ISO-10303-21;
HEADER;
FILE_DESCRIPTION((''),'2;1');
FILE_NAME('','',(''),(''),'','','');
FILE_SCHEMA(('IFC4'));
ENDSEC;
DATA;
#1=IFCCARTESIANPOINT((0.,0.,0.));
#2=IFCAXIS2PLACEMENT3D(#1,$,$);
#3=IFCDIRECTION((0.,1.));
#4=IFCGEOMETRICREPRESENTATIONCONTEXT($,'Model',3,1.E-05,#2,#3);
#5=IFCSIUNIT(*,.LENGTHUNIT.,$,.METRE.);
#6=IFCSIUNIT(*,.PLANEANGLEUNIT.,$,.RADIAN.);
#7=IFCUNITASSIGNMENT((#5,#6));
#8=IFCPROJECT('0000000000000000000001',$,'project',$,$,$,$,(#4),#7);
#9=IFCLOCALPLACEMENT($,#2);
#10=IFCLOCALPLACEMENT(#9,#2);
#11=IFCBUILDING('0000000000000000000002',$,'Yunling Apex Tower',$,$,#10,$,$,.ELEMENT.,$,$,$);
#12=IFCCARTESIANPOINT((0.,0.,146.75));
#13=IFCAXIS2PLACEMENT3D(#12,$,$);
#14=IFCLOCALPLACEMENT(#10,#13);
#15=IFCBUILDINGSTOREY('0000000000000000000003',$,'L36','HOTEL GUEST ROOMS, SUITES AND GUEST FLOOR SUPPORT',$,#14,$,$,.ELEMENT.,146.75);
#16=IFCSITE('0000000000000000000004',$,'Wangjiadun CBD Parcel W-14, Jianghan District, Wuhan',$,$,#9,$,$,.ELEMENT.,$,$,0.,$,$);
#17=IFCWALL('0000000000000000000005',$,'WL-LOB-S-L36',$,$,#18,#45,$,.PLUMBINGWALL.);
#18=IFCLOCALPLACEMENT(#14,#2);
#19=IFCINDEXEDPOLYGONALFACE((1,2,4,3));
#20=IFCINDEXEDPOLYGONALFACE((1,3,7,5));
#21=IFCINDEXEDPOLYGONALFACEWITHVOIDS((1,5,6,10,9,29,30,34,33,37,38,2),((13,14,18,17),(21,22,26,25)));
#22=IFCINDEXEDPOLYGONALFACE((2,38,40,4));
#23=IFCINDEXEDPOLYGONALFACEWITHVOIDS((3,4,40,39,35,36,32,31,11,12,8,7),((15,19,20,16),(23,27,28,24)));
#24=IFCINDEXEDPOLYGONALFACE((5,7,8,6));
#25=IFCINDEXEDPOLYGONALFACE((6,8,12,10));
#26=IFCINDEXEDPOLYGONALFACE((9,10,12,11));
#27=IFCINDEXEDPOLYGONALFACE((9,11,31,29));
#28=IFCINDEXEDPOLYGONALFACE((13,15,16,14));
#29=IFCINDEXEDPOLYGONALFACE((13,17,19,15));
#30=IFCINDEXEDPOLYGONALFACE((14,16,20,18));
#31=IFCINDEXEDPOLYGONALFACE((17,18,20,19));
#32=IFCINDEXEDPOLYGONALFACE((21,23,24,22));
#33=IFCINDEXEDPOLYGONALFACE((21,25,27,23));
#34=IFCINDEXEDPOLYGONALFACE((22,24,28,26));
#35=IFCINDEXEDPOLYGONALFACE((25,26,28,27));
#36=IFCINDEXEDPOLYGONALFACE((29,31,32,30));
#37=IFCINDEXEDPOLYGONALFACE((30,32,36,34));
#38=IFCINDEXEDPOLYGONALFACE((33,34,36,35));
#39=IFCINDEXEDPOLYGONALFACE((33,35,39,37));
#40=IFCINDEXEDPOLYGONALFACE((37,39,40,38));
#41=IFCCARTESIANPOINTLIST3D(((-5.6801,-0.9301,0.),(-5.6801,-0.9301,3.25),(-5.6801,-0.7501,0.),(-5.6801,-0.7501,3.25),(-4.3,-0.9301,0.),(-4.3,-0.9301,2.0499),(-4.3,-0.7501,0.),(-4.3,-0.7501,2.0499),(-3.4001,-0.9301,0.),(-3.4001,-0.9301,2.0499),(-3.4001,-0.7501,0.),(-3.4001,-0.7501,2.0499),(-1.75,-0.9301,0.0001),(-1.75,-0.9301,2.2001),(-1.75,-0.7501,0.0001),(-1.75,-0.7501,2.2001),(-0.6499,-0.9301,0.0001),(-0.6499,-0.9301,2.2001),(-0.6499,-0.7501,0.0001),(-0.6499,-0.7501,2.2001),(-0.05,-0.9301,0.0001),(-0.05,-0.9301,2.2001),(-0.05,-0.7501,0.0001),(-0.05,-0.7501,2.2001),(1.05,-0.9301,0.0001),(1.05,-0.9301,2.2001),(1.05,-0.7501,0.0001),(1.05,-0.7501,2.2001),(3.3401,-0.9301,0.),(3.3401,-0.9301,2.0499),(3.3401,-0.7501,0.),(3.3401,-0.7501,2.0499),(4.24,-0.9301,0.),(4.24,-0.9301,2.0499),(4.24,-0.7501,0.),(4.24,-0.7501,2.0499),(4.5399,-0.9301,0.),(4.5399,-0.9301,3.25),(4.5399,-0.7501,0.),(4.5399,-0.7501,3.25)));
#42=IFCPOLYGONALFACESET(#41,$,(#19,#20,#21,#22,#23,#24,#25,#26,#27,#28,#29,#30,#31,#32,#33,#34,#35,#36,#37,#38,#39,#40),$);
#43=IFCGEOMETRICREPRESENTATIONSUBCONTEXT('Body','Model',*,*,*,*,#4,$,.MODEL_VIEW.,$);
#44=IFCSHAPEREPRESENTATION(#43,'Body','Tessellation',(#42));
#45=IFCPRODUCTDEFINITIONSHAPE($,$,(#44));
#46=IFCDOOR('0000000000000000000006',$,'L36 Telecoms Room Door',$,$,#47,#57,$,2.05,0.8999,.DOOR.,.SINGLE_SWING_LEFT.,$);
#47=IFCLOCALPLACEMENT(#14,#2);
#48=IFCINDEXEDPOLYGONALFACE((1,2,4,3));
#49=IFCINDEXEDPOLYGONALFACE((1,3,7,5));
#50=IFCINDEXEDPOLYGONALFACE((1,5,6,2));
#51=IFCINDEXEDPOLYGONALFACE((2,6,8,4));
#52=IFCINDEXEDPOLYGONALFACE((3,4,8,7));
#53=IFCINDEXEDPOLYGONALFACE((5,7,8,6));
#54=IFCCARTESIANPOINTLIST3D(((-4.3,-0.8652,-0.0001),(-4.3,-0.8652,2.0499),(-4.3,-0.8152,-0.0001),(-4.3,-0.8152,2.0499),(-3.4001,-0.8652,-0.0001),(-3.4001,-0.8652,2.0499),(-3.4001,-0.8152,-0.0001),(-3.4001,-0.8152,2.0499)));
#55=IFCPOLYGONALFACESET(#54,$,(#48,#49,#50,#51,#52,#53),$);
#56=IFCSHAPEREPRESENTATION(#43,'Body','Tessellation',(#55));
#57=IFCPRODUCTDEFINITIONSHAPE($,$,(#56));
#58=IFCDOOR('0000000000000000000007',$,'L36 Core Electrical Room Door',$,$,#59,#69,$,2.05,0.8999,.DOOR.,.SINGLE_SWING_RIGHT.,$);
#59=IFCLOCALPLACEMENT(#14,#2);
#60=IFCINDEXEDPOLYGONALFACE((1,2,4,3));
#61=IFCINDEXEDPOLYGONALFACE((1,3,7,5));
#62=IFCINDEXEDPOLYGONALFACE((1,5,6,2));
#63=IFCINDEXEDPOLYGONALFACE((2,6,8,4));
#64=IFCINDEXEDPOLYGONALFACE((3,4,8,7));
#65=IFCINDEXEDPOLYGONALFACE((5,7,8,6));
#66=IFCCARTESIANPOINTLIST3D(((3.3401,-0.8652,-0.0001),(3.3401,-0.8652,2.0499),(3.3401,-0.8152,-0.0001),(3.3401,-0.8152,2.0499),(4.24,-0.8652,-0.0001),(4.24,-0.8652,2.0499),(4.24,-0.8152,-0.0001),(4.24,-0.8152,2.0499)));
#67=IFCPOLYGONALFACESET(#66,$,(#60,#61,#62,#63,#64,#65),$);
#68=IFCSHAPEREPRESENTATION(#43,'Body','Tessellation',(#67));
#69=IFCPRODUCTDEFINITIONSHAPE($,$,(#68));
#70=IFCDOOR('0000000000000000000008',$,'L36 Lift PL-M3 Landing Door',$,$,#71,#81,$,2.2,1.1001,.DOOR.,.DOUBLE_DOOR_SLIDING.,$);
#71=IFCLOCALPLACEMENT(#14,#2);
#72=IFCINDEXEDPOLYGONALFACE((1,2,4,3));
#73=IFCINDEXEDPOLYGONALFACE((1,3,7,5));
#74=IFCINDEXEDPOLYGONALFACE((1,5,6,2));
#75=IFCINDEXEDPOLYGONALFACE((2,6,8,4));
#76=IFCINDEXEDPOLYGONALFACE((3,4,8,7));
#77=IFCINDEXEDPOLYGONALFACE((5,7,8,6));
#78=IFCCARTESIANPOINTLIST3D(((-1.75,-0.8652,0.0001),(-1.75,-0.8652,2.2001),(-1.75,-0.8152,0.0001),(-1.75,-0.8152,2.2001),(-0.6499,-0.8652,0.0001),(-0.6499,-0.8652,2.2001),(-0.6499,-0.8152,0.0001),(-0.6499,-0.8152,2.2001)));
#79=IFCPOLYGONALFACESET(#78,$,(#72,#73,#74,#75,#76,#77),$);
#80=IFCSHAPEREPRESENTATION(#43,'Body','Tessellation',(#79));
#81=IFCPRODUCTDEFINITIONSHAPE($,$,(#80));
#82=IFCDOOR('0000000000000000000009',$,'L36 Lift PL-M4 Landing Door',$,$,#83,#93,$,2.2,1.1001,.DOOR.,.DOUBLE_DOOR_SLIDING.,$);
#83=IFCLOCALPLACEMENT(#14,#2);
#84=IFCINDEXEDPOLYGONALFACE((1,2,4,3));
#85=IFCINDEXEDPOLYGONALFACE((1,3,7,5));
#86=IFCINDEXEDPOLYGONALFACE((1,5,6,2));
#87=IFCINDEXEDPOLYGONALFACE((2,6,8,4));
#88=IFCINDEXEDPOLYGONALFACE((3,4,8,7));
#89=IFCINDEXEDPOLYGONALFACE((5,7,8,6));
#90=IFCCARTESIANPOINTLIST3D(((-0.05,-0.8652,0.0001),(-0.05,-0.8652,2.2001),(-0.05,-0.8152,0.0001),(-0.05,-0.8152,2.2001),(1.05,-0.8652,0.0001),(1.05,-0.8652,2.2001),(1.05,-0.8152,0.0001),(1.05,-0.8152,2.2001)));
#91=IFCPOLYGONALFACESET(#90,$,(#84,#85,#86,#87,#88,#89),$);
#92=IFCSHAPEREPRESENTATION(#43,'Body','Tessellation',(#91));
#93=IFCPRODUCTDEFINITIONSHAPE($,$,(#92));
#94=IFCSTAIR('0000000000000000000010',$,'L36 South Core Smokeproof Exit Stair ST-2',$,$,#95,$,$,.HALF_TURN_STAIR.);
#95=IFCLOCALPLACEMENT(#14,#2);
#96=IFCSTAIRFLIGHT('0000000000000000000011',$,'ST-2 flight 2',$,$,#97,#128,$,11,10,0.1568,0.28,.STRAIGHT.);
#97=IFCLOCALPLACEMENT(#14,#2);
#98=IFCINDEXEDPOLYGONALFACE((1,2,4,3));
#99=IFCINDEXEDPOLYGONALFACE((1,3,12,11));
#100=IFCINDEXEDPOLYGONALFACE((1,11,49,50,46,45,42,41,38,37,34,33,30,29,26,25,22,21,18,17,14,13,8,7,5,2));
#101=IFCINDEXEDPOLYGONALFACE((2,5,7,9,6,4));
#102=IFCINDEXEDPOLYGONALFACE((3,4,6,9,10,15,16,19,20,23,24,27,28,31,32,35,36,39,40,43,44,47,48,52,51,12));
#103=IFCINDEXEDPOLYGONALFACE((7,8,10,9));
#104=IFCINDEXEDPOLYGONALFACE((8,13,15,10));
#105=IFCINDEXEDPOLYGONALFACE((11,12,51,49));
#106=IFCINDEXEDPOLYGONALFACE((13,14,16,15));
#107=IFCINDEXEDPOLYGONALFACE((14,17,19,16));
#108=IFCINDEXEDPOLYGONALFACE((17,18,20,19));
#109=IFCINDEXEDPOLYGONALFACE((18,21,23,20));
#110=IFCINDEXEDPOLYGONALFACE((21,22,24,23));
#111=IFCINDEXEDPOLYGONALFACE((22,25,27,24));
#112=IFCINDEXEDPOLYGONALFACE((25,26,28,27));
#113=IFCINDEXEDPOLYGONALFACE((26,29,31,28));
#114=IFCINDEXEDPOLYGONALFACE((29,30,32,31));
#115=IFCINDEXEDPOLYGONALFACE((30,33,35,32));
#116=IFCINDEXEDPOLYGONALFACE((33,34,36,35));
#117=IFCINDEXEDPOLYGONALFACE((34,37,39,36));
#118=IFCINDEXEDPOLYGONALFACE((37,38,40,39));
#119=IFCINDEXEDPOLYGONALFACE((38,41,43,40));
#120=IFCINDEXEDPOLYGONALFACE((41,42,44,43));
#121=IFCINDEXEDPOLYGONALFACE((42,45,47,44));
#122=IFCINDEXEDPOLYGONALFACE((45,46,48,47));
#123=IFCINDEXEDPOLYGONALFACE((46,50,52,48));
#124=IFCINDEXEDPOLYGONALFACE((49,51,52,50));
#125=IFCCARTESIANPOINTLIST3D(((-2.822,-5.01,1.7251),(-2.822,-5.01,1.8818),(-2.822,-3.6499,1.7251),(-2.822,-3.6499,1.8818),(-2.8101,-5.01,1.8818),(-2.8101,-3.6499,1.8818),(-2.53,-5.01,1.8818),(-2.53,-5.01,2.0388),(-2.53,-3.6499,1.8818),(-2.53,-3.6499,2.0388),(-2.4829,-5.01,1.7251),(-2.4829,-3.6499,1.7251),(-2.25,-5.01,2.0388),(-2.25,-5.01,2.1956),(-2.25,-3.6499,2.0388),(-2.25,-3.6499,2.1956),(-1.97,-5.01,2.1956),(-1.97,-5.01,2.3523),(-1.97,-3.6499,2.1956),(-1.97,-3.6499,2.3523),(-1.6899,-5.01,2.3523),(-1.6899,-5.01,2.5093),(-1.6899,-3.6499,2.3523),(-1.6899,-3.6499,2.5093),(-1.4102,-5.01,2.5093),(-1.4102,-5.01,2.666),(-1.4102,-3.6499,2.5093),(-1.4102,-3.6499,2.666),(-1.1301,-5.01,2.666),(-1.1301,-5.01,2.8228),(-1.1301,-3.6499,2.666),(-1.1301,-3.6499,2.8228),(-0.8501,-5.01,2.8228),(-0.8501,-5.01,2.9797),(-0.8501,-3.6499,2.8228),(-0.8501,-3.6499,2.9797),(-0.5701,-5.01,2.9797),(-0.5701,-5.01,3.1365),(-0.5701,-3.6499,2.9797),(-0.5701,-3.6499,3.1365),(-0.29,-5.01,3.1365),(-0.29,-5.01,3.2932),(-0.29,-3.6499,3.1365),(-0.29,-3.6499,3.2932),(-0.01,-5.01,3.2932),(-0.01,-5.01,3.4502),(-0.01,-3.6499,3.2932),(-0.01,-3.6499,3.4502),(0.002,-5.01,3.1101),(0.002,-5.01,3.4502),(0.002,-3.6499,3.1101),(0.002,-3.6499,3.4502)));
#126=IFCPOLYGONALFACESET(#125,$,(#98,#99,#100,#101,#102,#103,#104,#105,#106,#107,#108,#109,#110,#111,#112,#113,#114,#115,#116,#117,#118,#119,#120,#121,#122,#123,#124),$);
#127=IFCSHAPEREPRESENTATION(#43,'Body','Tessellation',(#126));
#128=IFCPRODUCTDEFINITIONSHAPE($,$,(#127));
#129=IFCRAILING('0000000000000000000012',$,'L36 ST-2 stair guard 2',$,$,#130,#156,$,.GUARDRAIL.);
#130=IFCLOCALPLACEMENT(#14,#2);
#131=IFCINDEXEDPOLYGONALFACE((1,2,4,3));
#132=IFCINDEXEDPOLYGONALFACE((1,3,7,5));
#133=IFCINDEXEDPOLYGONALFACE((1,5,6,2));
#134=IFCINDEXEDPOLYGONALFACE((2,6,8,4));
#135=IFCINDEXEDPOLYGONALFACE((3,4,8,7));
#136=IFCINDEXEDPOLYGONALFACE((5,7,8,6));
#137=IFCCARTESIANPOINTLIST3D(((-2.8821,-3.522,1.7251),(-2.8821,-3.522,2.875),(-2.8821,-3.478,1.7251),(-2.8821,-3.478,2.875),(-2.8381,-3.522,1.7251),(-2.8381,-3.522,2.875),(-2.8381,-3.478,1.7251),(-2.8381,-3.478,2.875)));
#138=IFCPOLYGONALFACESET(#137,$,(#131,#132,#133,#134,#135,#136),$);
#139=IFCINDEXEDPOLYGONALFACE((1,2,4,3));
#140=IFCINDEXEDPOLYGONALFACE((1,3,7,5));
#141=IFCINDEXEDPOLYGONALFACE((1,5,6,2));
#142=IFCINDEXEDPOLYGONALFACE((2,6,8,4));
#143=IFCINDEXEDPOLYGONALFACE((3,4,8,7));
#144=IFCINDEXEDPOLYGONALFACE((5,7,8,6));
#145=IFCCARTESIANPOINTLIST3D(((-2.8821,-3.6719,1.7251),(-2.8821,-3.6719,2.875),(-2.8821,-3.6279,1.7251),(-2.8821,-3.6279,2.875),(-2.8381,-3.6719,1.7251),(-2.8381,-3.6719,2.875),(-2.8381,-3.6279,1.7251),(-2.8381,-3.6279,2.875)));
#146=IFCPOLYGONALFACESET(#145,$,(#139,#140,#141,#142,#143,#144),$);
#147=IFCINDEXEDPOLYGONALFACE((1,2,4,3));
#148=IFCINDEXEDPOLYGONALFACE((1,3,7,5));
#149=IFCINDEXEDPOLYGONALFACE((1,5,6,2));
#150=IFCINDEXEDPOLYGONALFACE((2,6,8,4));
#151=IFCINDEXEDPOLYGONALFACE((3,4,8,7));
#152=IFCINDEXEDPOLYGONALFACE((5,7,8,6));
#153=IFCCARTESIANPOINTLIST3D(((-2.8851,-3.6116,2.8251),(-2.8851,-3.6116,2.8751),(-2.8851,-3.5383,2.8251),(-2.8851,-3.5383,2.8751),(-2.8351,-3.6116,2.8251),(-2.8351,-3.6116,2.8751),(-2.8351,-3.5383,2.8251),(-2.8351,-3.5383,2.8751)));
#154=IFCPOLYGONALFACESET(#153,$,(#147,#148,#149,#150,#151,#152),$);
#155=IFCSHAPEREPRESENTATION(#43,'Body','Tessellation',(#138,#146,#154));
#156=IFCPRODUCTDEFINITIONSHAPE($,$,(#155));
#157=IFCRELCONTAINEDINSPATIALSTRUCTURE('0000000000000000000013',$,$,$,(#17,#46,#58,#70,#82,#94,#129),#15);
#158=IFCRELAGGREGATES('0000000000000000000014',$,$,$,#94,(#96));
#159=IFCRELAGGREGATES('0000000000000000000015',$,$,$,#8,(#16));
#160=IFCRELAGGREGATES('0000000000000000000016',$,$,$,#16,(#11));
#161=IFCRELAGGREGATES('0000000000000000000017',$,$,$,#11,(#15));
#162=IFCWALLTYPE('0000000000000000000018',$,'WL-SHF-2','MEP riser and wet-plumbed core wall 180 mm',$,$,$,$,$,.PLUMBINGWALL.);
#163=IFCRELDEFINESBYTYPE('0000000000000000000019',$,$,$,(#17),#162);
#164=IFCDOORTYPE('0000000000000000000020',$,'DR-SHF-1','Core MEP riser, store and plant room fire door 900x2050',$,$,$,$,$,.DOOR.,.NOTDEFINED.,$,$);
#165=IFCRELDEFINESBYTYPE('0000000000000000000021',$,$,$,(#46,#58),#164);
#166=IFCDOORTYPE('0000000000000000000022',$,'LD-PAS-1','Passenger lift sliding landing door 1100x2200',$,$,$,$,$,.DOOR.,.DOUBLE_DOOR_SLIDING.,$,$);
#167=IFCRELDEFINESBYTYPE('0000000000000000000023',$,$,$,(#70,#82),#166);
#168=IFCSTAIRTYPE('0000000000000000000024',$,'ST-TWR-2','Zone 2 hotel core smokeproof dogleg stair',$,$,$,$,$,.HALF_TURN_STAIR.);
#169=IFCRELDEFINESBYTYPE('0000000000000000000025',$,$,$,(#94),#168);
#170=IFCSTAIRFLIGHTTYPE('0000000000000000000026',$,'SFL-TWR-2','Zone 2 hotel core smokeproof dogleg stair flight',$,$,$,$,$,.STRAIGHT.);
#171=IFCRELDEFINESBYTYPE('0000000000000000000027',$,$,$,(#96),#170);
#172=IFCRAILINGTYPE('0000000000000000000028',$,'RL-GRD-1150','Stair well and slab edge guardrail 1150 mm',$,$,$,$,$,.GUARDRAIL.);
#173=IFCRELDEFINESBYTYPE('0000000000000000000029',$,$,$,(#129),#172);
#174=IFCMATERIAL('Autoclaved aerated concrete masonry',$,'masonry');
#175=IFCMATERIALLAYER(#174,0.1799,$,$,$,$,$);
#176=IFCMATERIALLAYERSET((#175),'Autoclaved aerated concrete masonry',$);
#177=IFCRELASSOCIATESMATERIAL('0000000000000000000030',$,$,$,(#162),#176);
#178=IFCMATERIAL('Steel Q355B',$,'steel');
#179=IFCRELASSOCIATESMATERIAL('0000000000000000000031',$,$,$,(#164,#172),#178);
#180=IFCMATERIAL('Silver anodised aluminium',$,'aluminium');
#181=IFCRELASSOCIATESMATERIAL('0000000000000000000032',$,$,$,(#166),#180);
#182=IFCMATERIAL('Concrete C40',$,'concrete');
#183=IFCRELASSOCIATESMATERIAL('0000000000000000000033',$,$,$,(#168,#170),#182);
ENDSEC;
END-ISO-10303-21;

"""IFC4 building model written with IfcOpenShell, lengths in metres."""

from ifc_helpers import new_model, si_unit, direction, frame, frame_2d, origin, origin_2d, place, context, subcontext, project, spatial, polyline, rectangle, outline, extrude, material, layer, layer_set, type_object, element, fill, aggregate, save


model = new_model("IFC4")

# Units and contexts
model_context = context("Model", 3, precision=1e-05, world=origin(), true_north=direction((0.0, 1.0)))
body_context = subcontext(model_context, "Body", "Model", "MODEL_VIEW")
ifc_project = project(units=[si_unit("LENGTHUNIT", "METRE"), si_unit("PLANEANGLEUNIT", "RADIAN")], contexts=[model_context])

# Site, building, storey
site_placement = place(None, origin())
site = spatial("IfcSite", under=ifc_project, at=site_placement, Name="Wangjiadun CBD Parcel W-14, Jianghan District, Wuhan", CompositionType="ELEMENT", RefElevation=0.0)
building_placement = place(site_placement, origin())
building = spatial("IfcBuilding", under=site, at=building_placement, Name="Yunling Apex Tower", CompositionType="ELEMENT")
storey_placement = place(building_placement, frame((0.0, 0.0, 146.75)))
storey = spatial("IfcBuildingStorey", under=building, at=storey_placement, Name="L36", Description="HOTEL GUEST ROOMS, SUITES AND GUEST FLOOR SUPPORT", CompositionType="ELEMENT", Elevation=146.75)

# Shared definitions
ifc_material_1 = material(Name="Steel Q355B", Category="steel")

# Shared definitions
ifc_material_2 = material(Name="Concrete C40", Category="concrete")

# Shared definitions
ifc_material_3 = material(Name="Autoclaved aerated concrete masonry", Category="masonry")

# Shared definitions
ifc_layer_1 = layer(ifc_material_3, 0.1799)
ifc_layer_set_1 = layer_set([ifc_layer_1], Name="Autoclaved aerated concrete masonry")
wall_type_1 = type_object("IfcWallType", Name="WL-SHF-2", Description="MEP riser and wet-plumbed core wall 180 mm", PredefinedType="PLUMBINGWALL", material=ifc_layer_set_1)

# Wall, openings, doors
wall_1_placement = place(storey_placement, frame((-5.6799, -0.8401, 0.0), z_axis=(0.0, 0.0, 1.0), x_axis=(1.0, 0.0, 0.0)))
wall_1 = element("IfcWall", 1, at=wall_1_placement, inside=storey, type_object=wall_type_1, Name="WL-LOB-S-L36", PredefinedType="PLUMBINGWALL", context=body_context, shape_type="SweptSolid", body=[
    extrude(rectangle(XDim=10.22, YDim=0.1799, at=frame_2d((5.1099, 0.0))), origin(), (0.0, 0.0, 1.0), 3.25),
])
opening_1_placement = place(wall_1_placement, frame((1.3799, 0.0, 0.0)))
opening_1 = element("IfcOpeningElement", 2, at=opening_1_placement, cuts=wall_1, PredefinedType="OPENING", context=body_context, shape_type="SweptSolid", body=[
    extrude(rectangle(XDim=0.8999, YDim=2.05, at=frame_2d((0.45, 1.0249))), frame((0.0, 0.1001, 0.0), z_axis=(0.0, -1.0, 0.0), x_axis=(1.0, 0.0, 0.0)), (0.0, 0.0, 1.0), 0.2),
])
opening_2_placement = place(wall_1_placement, frame((3.9299, 0.0, 0.0)))
opening_2 = element("IfcOpeningElement", 3, at=opening_2_placement, cuts=wall_1, PredefinedType="OPENING", context=body_context, shape_type="SweptSolid", body=[
    extrude(rectangle(XDim=1.1001, YDim=2.2, at=frame_2d((0.55, 1.1001))), frame((0.0, 0.1001, 0.0), z_axis=(0.0, -1.0, 0.0), x_axis=(1.0, 0.0, 0.0)), (0.0, 0.0, 1.0), 0.2),
])
opening_3_placement = place(wall_1_placement, frame((5.6299, 0.0, 0.0)))
opening_3 = element("IfcOpeningElement", 4, at=opening_3_placement, cuts=wall_1, PredefinedType="OPENING", context=body_context, shape_type="SweptSolid", body=[
    extrude(rectangle(XDim=1.1001, YDim=2.2, at=frame_2d((0.55, 1.1001))), frame((0.0, 0.1001, 0.0), z_axis=(0.0, -1.0, 0.0), x_axis=(1.0, 0.0, 0.0)), (0.0, 0.0, 1.0), 0.2),
])
opening_4_placement = place(wall_1_placement, frame((9.02, 0.0, 0.0)))
opening_4 = element("IfcOpeningElement", 5, at=opening_4_placement, cuts=wall_1, PredefinedType="OPENING", context=body_context, shape_type="SweptSolid", body=[
    extrude(rectangle(XDim=0.8999, YDim=2.05, at=frame_2d((0.45, 1.0249))), frame((0.0, 0.1001, 0.0), z_axis=(0.0, -1.0, 0.0), x_axis=(1.0, 0.0, 0.0)), (0.0, 0.0, 1.0), 0.2),
])
door_type_1 = type_object("IfcDoorType", Name="DR-SHF-1", Description="Core MEP riser, store and plant room fire door 900x2050", OperationType="NOTDEFINED", PredefinedType="DOOR", material=ifc_material_1)
door_1_placement = place(opening_1_placement, origin())
door_1 = element("IfcDoor", 6, at=door_1_placement, inside=storey, type_object=door_type_1, Name="L36 Telecoms Room Door", OperationType="SINGLE_SWING_LEFT", OverallHeight=2.05, OverallWidth=0.8999, PredefinedType="DOOR", context=body_context, shape_type="SweptSolid", body=[
    extrude(rectangle(XDim=0.8999, YDim=2.05, at=frame_2d((0.45, 1.0249))), frame((0.0, 0.0249, 0.0), z_axis=(0.0, -1.0, 0.0), x_axis=(1.0, 0.0, 0.0)), (0.0, 0.0, 1.0), 0.05),
])
fill(opening_1, door_1)
door_2_placement = place(opening_4_placement, origin())
door_2 = element("IfcDoor", 7, at=door_2_placement, inside=storey, type_object=door_type_1, Name="L36 Core Electrical Room Door", OperationType="SINGLE_SWING_RIGHT", OverallHeight=2.05, OverallWidth=0.8999, PredefinedType="DOOR", context=body_context, shape_type="SweptSolid", body=[
    extrude(rectangle(XDim=0.8999, YDim=2.05, at=frame_2d((0.45, 1.0249))), frame((0.0, 0.0249, 0.0), z_axis=(0.0, -1.0, 0.0), x_axis=(1.0, 0.0, 0.0)), (0.0, 0.0, 1.0), 0.05),
])
fill(opening_4, door_2)
ifc_material_4 = material(Name="Silver anodised aluminium", Category="aluminium")
door_type_2 = type_object("IfcDoorType", Name="LD-PAS-1", Description="Passenger lift sliding landing door 1100x2200", OperationType="DOUBLE_DOOR_SLIDING", PredefinedType="DOOR", material=ifc_material_4)
door_3_placement = place(opening_2_placement, origin())
door_3 = element("IfcDoor", 8, at=door_3_placement, inside=storey, type_object=door_type_2, Name="L36 Lift PL-M3 Landing Door", OperationType="DOUBLE_DOOR_SLIDING", OverallHeight=2.2, OverallWidth=1.1001, PredefinedType="DOOR", context=body_context, shape_type="SweptSolid", body=[
    extrude(rectangle(XDim=1.1001, YDim=2.2, at=frame_2d((0.55, 1.1001))), frame((0.0, 0.0249, 0.0), z_axis=(0.0, -1.0, 0.0), x_axis=(1.0, 0.0, 0.0)), (0.0, 0.0, 1.0), 0.05),
])
fill(opening_2, door_3)
door_4_placement = place(opening_3_placement, origin())
door_4 = element("IfcDoor", 9, at=door_4_placement, inside=storey, type_object=door_type_2, Name="L36 Lift PL-M4 Landing Door", OperationType="DOUBLE_DOOR_SLIDING", OverallHeight=2.2, OverallWidth=1.1001, PredefinedType="DOOR", context=body_context, shape_type="SweptSolid", body=[
    extrude(rectangle(XDim=1.1001, YDim=2.2, at=frame_2d((0.55, 1.1001))), frame((0.0, 0.0249, 0.0), z_axis=(0.0, -1.0, 0.0), x_axis=(1.0, 0.0, 0.0)), (0.0, 0.0, 1.0), 0.05),
])
fill(opening_3, door_4)

# Stair, stair flight
stair_type = type_object("IfcStairType", Name="ST-TWR-2", Description="Zone 2 hotel core smokeproof dogleg stair", PredefinedType="HALF_TURN_STAIR", material=ifc_material_2)
stair_placement = place(storey_placement, origin())
stair = element("IfcStair", 10, at=stair_placement, inside=storey, type_object=stair_type, Name="L36 South Core Smokeproof Exit Stair ST-2", PredefinedType="HALF_TURN_STAIR")
stair_flight_type = type_object("IfcStairFlightType", Name="SFL-TWR-2", Description="Zone 2 hotel core smokeproof dogleg stair flight", PredefinedType="STRAIGHT", material=ifc_material_2)
stair_flight_placement = place(storey_placement, frame((-2.8101, -4.3301, 1.7251), z_axis=(0.0, 0.0, 1.0), x_axis=(1.0, 0.0, 0.0)))
stair_flight = element("IfcStairFlight", 11, at=stair_flight_placement, type_object=stair_flight_type, Name="ST-2 flight 2", NumberOfRisers=11, NumberOfTreads=10, PredefinedType="STRAIGHT", RiserHeight=0.1568, TreadLength=0.28, context=body_context, shape_type="SweptSolid", body=[
    extrude(outline(polyline([(-0.012, 0.0), (-0.012, 0.1567), (0.0, 0.1567), (0.28, 0.1567), (0.28, 0.3137), (0.5601, 0.3137), (0.5601, 0.4705), (0.8401, 0.4705), (0.8401, 0.6272), (1.1201, 0.6272), (1.1201, 0.7842), (1.3999, 0.7842), (1.3999, 0.9409), (1.6799, 0.9409), (1.6799, 1.0977), (1.96, 1.0977), (1.96, 1.2546), (2.24, 1.2546), (2.24, 1.4114), (2.52, 1.4114), (2.52, 1.5681), (2.8, 1.5681), (2.8, 1.7251), (2.812, 1.7251), (2.812, 1.385), (0.3271, 0.0), (-0.012, 0.0)])), frame((0.0, 0.6802, 0.0), z_axis=(0.0, -1.0, 0.0), x_axis=(1.0, 0.0, 0.0)), (0.0, 0.0, 1.0), 1.3601),
])
aggregate(stair, [stair_flight])

# Railing
railing_type_1 = type_object("IfcRailingType", Name="RL-GRD-1150", Description="Stair well and slab edge guardrail 1150 mm", PredefinedType="GUARDRAIL", material=ifc_material_1)
railing_1_placement = place(storey_placement, frame((-2.8601, -3.5, 1.7251)))
element("IfcRailing", 12, at=railing_1_placement, inside=storey, type_object=railing_type_1, Name="L36 ST-2 stair guard 2", PredefinedType="GUARDRAIL", context=body_context, shape_type="SweptSolid", body=[
    extrude(rectangle(XDim=0.0439, YDim=0.0439, at=origin_2d()), origin(), (0.0, 0.0, 1.0), 1.1499),
    extrude(rectangle(XDim=0.0439, YDim=0.0439, at=origin_2d()), frame((0.0, -0.1499, 0.0)), (0.0, 0.0, 1.0), 1.1499),
    extrude(rectangle(XDim=0.05, YDim=0.05, at=origin_2d()), frame((0.0, -0.0383, 1.125), z_axis=(0.0, -1.0, 0.0), x_axis=(1.0, 0.0, 0.0)), (0.0, 0.0, 1.0), 0.0732),
])

save(model, "model.ifc")
